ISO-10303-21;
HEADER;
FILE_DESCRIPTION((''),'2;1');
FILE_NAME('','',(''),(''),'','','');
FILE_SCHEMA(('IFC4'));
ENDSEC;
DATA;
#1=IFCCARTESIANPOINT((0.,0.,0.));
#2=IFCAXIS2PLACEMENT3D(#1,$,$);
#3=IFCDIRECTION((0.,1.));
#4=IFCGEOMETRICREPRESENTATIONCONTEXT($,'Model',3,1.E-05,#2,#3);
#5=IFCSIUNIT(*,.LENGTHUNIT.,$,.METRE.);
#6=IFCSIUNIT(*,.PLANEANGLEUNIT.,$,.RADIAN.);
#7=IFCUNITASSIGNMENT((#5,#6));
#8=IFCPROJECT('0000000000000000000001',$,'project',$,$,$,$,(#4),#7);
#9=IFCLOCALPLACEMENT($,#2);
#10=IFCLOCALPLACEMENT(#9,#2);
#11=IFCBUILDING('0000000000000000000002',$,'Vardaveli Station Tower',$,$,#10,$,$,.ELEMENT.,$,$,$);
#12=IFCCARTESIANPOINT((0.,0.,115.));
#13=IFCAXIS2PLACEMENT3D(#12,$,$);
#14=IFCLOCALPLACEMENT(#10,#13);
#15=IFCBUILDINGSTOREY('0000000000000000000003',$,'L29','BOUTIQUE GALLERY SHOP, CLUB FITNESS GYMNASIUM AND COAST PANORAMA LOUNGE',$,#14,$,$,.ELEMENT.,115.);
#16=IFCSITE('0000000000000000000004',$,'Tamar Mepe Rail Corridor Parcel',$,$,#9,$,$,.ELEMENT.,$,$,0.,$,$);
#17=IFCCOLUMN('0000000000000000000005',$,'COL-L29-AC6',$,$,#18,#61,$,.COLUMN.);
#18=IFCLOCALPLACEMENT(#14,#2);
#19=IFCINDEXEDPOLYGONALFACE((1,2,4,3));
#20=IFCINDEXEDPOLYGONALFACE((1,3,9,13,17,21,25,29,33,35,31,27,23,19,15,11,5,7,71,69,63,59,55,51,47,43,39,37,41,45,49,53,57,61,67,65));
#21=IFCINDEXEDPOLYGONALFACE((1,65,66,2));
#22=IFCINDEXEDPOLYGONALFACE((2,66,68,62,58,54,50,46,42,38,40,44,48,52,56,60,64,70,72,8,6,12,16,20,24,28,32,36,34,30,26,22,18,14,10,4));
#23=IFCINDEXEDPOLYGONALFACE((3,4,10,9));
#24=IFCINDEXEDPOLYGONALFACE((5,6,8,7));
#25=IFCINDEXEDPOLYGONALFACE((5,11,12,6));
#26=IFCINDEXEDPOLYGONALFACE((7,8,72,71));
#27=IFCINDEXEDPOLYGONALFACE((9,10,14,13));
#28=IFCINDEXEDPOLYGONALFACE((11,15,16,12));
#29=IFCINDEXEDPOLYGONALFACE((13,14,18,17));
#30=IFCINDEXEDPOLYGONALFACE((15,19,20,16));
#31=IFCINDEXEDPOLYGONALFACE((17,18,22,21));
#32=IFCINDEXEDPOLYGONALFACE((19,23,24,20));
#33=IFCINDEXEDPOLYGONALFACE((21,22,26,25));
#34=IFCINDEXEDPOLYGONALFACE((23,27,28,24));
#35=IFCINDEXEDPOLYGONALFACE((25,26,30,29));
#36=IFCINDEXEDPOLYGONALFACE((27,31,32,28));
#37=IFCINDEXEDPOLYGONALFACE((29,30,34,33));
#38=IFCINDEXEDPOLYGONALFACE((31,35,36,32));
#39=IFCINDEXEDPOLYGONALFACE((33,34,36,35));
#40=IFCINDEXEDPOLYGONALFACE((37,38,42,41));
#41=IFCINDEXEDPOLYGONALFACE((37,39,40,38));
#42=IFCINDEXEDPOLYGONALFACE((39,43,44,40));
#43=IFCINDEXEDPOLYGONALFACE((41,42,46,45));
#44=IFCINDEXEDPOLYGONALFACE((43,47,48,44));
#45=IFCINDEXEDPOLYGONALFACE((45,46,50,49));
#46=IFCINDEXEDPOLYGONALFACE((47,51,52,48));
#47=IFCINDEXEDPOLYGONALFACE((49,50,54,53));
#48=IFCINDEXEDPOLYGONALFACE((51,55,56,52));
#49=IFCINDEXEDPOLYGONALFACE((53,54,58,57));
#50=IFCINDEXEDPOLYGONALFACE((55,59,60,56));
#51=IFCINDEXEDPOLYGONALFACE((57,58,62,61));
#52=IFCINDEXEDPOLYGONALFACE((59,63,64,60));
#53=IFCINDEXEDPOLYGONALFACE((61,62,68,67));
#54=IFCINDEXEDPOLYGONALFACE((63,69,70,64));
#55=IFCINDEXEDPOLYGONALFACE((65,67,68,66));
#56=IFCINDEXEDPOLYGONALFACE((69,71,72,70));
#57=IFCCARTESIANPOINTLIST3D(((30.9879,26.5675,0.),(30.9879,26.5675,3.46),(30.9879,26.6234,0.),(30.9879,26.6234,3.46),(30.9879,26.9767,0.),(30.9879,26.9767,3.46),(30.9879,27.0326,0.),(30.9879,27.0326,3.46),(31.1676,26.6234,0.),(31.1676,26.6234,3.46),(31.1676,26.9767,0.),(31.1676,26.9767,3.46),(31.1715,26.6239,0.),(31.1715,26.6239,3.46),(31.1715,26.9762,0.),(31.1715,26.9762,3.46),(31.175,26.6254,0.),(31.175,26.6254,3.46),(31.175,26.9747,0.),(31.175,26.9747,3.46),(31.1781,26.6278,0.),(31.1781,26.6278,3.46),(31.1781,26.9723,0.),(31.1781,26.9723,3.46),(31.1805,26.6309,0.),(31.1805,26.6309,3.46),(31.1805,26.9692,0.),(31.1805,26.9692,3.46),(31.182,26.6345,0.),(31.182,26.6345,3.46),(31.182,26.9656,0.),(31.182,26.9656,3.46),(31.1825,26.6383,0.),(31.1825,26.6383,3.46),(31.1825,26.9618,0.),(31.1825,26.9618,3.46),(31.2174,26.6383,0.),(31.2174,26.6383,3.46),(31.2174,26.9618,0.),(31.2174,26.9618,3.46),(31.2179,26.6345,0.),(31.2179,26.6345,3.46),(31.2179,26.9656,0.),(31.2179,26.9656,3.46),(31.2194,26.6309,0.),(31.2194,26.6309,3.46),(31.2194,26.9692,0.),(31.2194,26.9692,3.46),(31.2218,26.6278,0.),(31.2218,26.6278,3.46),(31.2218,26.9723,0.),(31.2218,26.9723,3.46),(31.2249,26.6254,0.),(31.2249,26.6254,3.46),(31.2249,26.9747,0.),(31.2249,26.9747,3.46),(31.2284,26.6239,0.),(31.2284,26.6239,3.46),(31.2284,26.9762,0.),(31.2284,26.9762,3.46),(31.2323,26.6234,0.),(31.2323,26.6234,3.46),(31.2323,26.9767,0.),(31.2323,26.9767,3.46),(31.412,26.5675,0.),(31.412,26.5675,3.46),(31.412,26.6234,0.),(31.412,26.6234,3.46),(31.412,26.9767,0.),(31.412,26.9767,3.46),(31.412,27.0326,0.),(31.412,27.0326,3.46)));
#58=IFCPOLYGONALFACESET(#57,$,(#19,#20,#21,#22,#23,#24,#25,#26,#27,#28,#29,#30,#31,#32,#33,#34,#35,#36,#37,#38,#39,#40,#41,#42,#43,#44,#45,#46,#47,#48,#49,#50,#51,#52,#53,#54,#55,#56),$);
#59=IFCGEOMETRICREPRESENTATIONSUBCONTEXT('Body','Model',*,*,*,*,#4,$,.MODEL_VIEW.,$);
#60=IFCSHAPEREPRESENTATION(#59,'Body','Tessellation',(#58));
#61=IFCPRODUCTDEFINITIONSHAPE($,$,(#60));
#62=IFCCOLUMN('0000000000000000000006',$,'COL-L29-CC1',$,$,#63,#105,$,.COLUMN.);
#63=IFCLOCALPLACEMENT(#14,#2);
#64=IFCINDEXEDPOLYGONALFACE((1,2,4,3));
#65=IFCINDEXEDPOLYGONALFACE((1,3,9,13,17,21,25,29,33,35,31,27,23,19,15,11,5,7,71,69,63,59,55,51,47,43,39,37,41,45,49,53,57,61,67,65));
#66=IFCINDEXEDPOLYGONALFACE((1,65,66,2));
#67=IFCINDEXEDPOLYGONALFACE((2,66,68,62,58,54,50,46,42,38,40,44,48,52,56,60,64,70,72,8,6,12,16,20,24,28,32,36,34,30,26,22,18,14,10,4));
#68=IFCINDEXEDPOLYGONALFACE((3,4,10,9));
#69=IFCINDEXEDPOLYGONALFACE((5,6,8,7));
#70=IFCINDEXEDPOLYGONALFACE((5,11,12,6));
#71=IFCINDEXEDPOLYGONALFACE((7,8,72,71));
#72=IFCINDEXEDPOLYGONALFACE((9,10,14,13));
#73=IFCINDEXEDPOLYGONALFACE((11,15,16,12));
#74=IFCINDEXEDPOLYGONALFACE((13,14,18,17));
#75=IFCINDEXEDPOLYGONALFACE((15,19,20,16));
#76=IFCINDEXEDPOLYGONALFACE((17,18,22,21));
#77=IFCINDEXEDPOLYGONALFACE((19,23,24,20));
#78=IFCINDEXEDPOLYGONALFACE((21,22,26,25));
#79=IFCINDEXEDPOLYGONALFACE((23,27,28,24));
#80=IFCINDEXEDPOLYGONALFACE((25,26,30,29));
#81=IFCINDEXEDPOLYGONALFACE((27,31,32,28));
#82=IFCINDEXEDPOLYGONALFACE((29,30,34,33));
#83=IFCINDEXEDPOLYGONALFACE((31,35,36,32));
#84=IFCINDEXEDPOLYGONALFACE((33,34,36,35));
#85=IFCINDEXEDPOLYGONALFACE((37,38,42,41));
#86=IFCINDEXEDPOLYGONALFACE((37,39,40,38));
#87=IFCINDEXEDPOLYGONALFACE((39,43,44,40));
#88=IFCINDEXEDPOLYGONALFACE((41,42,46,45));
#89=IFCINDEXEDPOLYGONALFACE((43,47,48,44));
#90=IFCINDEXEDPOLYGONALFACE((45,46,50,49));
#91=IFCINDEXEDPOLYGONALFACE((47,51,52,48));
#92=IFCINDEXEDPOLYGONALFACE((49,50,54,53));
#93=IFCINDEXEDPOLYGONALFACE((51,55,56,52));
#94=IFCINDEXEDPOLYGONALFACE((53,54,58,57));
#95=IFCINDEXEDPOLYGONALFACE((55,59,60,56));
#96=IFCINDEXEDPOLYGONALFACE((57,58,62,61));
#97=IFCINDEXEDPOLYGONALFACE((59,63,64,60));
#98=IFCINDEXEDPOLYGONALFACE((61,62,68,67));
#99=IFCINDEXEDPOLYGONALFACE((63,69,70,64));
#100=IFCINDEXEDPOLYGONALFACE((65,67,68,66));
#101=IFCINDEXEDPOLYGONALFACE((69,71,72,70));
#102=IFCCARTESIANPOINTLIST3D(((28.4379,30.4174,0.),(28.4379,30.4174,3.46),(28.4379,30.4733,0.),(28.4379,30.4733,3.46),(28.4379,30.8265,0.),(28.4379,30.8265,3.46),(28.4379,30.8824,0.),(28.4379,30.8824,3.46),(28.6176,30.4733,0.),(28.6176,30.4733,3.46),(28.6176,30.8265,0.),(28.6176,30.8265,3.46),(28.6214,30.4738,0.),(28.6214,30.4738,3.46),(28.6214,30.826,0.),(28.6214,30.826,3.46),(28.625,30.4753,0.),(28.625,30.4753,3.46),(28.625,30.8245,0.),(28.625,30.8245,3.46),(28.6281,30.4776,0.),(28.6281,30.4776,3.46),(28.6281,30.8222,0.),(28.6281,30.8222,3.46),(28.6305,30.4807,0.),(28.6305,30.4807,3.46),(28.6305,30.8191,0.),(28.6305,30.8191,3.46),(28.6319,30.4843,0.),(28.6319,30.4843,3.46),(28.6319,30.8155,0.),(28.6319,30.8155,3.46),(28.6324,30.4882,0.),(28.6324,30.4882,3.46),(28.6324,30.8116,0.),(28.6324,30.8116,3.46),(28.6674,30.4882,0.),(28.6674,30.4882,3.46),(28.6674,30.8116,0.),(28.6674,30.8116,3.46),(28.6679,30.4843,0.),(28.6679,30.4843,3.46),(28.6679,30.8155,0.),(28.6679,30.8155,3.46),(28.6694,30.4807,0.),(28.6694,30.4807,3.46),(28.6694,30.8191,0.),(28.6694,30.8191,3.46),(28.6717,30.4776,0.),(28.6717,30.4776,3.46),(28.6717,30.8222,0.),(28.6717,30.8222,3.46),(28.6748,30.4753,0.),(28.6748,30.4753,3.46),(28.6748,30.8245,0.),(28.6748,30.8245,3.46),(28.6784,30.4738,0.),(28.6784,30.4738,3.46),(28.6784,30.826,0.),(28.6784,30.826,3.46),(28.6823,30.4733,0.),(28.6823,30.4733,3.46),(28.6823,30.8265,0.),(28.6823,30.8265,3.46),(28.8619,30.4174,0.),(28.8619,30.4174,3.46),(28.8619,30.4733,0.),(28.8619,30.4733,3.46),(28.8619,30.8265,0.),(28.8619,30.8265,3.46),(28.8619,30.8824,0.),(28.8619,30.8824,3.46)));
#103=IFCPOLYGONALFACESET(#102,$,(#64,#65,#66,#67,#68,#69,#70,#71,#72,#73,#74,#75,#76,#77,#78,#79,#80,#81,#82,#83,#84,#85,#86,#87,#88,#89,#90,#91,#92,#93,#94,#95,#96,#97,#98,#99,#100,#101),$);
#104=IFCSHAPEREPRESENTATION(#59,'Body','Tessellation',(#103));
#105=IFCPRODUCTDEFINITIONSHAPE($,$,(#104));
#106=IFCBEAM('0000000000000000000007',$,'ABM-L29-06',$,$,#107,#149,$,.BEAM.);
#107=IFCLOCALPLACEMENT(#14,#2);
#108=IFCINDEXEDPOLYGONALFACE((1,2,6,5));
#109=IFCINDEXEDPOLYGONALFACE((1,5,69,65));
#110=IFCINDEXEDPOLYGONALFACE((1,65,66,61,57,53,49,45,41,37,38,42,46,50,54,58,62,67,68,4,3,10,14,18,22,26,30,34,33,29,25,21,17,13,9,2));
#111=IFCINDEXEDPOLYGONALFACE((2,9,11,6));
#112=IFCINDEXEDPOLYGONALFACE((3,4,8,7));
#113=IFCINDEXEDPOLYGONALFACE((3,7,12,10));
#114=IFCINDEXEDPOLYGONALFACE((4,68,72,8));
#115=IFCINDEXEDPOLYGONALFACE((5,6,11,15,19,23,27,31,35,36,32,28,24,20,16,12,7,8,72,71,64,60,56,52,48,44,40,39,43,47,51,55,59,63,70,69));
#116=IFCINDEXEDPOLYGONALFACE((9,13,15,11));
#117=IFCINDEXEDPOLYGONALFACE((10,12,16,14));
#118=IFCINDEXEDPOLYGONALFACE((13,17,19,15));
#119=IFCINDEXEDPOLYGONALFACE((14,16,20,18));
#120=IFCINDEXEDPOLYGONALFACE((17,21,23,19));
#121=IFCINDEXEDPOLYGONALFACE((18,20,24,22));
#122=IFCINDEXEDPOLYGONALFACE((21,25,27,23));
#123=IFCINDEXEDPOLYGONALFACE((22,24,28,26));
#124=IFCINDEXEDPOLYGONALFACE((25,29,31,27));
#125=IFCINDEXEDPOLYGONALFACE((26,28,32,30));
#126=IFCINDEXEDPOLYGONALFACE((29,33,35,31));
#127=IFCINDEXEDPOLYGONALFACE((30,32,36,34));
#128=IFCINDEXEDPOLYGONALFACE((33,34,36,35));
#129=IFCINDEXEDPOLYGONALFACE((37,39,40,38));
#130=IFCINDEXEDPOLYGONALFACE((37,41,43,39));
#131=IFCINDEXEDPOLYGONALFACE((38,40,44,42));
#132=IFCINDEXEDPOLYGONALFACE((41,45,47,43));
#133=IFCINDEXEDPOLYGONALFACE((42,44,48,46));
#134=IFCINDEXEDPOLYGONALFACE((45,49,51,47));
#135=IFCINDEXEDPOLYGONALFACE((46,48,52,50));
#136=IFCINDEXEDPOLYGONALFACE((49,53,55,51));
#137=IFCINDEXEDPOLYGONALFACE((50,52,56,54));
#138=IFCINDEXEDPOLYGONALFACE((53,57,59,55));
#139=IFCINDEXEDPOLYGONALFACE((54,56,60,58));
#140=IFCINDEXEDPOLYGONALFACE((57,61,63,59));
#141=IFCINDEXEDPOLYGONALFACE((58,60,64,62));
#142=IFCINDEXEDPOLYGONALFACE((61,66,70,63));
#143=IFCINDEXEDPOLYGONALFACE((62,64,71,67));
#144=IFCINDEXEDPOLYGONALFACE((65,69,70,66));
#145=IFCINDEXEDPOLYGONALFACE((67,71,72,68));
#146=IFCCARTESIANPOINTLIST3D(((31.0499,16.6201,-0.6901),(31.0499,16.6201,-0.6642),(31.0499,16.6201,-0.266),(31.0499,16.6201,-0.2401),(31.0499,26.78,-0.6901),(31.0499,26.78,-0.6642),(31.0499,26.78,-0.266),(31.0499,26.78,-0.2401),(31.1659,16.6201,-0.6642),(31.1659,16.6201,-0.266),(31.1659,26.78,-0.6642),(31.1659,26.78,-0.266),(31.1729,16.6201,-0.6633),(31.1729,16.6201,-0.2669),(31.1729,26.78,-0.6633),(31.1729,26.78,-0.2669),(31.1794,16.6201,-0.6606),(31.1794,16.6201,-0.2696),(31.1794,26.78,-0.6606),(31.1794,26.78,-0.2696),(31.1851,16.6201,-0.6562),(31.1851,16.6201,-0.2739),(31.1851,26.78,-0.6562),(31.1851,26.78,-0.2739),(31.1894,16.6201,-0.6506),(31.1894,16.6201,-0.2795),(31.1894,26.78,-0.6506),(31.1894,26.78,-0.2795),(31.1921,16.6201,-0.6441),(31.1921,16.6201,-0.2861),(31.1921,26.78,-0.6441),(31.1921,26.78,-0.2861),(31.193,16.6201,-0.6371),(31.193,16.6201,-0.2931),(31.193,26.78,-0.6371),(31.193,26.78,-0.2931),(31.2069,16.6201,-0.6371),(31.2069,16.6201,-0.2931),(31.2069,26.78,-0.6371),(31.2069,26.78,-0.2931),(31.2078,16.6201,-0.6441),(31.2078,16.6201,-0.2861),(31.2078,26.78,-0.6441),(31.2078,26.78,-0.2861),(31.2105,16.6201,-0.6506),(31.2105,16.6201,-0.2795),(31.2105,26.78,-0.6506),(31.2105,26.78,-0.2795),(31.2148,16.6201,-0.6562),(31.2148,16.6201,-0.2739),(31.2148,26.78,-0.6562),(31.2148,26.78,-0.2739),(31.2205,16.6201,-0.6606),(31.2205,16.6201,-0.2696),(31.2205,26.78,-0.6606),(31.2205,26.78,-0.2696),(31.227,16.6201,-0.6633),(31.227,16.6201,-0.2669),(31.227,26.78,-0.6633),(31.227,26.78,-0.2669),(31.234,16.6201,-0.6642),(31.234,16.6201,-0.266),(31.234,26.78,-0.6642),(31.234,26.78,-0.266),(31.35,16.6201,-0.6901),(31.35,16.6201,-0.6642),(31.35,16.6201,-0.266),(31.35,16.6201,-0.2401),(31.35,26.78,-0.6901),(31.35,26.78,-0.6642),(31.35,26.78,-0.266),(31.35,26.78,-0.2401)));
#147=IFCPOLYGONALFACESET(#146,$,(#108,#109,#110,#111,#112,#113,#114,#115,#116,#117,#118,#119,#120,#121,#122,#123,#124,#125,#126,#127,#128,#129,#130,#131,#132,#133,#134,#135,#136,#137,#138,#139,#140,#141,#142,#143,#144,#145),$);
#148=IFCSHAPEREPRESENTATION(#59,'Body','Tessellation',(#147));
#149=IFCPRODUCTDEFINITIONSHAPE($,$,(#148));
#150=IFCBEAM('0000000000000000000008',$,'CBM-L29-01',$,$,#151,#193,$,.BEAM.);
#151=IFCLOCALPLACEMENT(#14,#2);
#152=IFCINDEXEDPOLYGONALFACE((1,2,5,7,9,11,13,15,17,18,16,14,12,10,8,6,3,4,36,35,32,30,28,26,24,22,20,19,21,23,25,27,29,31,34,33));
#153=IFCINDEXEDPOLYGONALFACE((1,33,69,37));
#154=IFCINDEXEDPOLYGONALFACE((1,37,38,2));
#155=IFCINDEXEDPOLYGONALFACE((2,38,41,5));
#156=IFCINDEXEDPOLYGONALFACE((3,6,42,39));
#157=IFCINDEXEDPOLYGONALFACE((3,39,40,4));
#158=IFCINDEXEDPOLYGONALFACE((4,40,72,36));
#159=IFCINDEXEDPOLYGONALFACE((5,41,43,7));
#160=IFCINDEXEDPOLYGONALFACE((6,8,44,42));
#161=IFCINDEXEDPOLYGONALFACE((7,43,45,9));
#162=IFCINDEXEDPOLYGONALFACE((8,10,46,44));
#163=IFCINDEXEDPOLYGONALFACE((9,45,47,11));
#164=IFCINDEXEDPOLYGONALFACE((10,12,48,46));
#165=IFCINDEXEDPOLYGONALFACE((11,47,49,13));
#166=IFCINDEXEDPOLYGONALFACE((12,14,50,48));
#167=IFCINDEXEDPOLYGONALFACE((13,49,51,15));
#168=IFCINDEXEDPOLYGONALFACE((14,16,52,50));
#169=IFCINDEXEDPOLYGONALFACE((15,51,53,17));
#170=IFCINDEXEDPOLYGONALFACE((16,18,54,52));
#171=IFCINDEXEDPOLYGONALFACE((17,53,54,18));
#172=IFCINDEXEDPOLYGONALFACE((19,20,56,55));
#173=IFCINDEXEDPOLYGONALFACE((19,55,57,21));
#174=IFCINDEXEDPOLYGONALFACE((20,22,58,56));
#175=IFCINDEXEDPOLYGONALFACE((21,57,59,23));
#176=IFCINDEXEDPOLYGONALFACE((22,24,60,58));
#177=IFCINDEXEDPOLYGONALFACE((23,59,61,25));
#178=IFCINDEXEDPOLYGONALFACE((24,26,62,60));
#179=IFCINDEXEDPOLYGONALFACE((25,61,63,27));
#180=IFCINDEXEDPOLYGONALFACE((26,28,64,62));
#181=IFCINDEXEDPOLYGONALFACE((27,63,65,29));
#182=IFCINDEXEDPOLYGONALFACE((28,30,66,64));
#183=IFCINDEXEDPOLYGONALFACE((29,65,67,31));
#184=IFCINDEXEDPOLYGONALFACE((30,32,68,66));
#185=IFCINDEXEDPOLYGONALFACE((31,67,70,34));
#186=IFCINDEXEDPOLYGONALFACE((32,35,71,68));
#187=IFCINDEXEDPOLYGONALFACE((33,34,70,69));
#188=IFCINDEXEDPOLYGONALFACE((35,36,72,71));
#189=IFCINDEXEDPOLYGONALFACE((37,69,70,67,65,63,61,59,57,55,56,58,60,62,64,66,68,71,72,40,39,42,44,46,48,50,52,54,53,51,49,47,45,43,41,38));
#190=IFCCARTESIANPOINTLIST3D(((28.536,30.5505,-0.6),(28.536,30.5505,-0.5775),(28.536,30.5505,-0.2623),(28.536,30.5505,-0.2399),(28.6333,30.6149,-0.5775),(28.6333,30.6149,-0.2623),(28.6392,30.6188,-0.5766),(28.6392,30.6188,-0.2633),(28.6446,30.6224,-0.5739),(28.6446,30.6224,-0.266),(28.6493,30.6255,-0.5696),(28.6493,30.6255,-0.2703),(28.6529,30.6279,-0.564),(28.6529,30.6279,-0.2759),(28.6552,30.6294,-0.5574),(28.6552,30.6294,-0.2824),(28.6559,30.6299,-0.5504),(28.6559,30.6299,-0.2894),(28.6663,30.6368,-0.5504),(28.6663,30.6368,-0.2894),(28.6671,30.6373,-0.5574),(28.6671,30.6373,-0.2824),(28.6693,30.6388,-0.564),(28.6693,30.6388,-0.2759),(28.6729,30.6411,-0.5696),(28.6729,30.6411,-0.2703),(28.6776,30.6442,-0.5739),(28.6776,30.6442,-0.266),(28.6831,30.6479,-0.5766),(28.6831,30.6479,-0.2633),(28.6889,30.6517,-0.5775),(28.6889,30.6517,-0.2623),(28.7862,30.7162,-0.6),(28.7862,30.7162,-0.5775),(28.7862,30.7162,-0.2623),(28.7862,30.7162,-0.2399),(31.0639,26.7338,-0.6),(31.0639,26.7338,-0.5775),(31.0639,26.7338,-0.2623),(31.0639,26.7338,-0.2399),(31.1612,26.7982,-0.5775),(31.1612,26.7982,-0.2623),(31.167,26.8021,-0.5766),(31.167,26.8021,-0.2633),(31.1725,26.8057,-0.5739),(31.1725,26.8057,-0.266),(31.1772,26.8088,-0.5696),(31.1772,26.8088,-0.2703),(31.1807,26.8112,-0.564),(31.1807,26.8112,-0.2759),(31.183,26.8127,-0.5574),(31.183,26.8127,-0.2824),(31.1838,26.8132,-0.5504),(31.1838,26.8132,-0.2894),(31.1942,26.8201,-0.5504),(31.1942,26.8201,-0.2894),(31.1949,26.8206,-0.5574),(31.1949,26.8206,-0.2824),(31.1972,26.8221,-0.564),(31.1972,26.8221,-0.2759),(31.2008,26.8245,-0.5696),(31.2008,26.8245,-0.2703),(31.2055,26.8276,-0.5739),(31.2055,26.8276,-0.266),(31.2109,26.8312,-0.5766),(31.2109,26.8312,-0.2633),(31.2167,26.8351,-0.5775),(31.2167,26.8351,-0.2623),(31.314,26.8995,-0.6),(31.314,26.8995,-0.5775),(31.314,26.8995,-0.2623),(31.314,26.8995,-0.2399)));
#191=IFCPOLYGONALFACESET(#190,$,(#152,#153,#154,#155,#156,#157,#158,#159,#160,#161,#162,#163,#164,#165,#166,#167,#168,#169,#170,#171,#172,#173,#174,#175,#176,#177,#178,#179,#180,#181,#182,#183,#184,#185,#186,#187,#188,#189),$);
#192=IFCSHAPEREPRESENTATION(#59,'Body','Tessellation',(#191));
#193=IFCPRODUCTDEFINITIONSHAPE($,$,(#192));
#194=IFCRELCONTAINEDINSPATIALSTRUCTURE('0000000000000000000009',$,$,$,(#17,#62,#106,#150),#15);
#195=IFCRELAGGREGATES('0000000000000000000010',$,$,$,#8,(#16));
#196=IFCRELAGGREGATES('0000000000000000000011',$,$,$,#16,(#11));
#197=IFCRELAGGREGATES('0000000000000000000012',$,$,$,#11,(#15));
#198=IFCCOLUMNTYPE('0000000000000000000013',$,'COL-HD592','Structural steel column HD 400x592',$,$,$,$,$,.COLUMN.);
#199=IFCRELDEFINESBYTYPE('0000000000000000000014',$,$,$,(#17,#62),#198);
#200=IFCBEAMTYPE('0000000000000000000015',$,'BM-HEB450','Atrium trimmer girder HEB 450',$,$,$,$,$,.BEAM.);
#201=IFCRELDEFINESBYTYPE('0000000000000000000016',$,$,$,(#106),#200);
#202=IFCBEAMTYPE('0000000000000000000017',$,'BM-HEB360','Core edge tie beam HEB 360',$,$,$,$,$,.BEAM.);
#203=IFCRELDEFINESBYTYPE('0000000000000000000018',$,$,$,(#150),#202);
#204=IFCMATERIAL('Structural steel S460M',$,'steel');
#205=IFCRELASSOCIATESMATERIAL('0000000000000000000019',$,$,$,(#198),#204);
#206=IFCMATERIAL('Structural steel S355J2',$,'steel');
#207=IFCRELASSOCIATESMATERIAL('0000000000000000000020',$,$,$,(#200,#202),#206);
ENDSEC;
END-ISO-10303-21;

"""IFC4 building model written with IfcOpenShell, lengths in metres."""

from ifc_helpers import new_model, si_unit, direction, frame, origin, origin_2d, place, context, subcontext, project, spatial, i_section, extrude, source, transform, mapped, material, material_profile, profile_set, type_object, element, save


model = new_model("IFC4")

# Units and contexts
model_context = context("Model", 3, precision=1e-05, world=origin(), true_north=direction((0.0, 1.0)))
body_context = subcontext(model_context, "Body", "Model", "MODEL_VIEW")
ifc_project = project(units=[si_unit("LENGTHUNIT", "METRE"), si_unit("PLANEANGLEUNIT", "RADIAN")], contexts=[model_context])

# Site, building, storey
site_placement = place(None, origin())
site = spatial("IfcSite", under=ifc_project, at=site_placement, Name="Tamar Mepe Rail Corridor Parcel", CompositionType="ELEMENT", RefElevation=0.0)
building_placement = place(site_placement, origin())
building = spatial("IfcBuilding", under=site, at=building_placement, Name="Vardaveli Station Tower", CompositionType="ELEMENT")
storey_placement = place(building_placement, frame((0.0, 0.0, 115.0)))
storey = spatial("IfcBuildingStorey", under=building, at=storey_placement, Name="L29", Description="BOUTIQUE GALLERY SHOP, CLUB FITNESS GYMNASIUM AND COAST PANORAMA LOUNGE", CompositionType="ELEMENT", Elevation=115.0)

# Columns
ifc_material_1 = material(Name="Structural steel S460M", Category="steel")
ifc_material_profile_1 = material_profile(ifc_material_1, i_section(OverallWidth=0.4241, OverallDepth=0.4651, WebThickness=0.0349, FlangeThickness=0.0559, FilletRadius=0.0149, at=origin_2d()), Name="HD 400x592")
ifc_profile_set_1 = profile_set([ifc_material_profile_1], Name="Structural steel S460M")
column_type = type_object("IfcColumnType", Name="COL-HD592", Description="Structural steel column HD 400x592", PredefinedType="COLUMN", material=ifc_profile_set_1)
shared_shape_1 = source(origin(), body_context, "Body", "SweptSolid", [
    extrude(i_section(OverallWidth=0.4241, OverallDepth=0.4651, WebThickness=0.0349, FlangeThickness=0.0559, FilletRadius=0.0149, at=origin_2d()), origin(), (0.0, 0.0, 1.0), 3.46),
])
for number, where, z_axis, x_axis, name in (
    (1, (31.2, 26.8, 0.0), (0.0, 0.0, 1.0), (1.0, 0.0, 0.0), "COL-L29-AC6"),
    (2, (28.6499, 30.6499, 0.0), (0.0, 0.0, 1.0), (1.0, 0.0, 0.0), "COL-L29-CC1"),
):
    element("IfcColumn", number, at=place(storey_placement, frame(where, z_axis=z_axis, x_axis=x_axis)), inside=storey, type_object=column_type, Name=name, PredefinedType="COLUMN", context=body_context, shape_type="MappedRepresentation", body=[
        mapped(shared_shape_1, transform((0.0, 0.0, 0.0), scale=1.0)),
    ])

# Beams
ifc_material_2 = material(Name="Structural steel S355J2", Category="steel")
ifc_material_profile_2 = material_profile(ifc_material_2, i_section(OverallWidth=0.3, OverallDepth=0.45, WebThickness=0.0139, FlangeThickness=0.0259, FilletRadius=0.0271, at=origin_2d()), Name="HEB 450")
ifc_profile_set_2 = profile_set([ifc_material_profile_2], Name="Structural steel S355J2")
beam_type_1 = type_object("IfcBeamType", Name="BM-HEB450", Description="Atrium trimmer girder HEB 450", PredefinedType="BEAM", material=ifc_profile_set_2)
shared_shape_2 = source(origin(), body_context, "Body", "SweptSolid", [
    extrude(i_section(OverallWidth=0.3, OverallDepth=0.45, WebThickness=0.0139, FlangeThickness=0.0259, FilletRadius=0.0271, at=origin_2d()), origin(), (0.0, 0.0, 1.0), 10.1599),
])
beam_1_placement = place(storey_placement, frame((31.2, 26.78, -0.4651), z_axis=(0.0, -1.0, 0.0), x_axis=(1.0, 0.0, 0.0)))
element("IfcBeam", 3, at=beam_1_placement, inside=storey, type_object=beam_type_1, Name="ABM-L29-06", PredefinedType="BEAM", context=body_context, shape_type="MappedRepresentation", body=[
    mapped(shared_shape_2, transform((0.0, 0.0, 0.0), scale=1.0)),
])
ifc_material_profile_3 = material_profile(ifc_material_2, i_section(OverallWidth=0.3, OverallDepth=0.3601, WebThickness=0.0125, FlangeThickness=0.0225, FilletRadius=0.0271, at=origin_2d()), Name="HEB 360")
ifc_profile_set_3 = profile_set([ifc_material_profile_3], Name="Structural steel S355J2")
beam_type_2 = type_object("IfcBeamType", Name="BM-HEB360", Description="Core edge tie beam HEB 360", PredefinedType="BEAM", material=ifc_profile_set_3)
shared_shape_3 = source(origin(), body_context, "Body", "SweptSolid", [
    extrude(i_section(OverallWidth=0.3, OverallDepth=0.3601, WebThickness=0.0125, FlangeThickness=0.0225, FilletRadius=0.0271, at=origin_2d()), origin(), (0.0, 0.0, 1.0), 4.5779),
])
beam_2_placement = place(storey_placement, frame((31.189, 26.8167, -0.4199), z_axis=(-0.552187, 0.83372, 0.0), x_axis=(-0.83372, -0.552187, 0.0)))
element("IfcBeam", 4, at=beam_2_placement, inside=storey, type_object=beam_type_2, Name="CBM-L29-01", PredefinedType="BEAM", context=body_context, shape_type="MappedRepresentation", body=[
    mapped(shared_shape_3, transform((0.0, 0.0, 0.0), scale=1.0)),
])

save(model, "model.ifc")
